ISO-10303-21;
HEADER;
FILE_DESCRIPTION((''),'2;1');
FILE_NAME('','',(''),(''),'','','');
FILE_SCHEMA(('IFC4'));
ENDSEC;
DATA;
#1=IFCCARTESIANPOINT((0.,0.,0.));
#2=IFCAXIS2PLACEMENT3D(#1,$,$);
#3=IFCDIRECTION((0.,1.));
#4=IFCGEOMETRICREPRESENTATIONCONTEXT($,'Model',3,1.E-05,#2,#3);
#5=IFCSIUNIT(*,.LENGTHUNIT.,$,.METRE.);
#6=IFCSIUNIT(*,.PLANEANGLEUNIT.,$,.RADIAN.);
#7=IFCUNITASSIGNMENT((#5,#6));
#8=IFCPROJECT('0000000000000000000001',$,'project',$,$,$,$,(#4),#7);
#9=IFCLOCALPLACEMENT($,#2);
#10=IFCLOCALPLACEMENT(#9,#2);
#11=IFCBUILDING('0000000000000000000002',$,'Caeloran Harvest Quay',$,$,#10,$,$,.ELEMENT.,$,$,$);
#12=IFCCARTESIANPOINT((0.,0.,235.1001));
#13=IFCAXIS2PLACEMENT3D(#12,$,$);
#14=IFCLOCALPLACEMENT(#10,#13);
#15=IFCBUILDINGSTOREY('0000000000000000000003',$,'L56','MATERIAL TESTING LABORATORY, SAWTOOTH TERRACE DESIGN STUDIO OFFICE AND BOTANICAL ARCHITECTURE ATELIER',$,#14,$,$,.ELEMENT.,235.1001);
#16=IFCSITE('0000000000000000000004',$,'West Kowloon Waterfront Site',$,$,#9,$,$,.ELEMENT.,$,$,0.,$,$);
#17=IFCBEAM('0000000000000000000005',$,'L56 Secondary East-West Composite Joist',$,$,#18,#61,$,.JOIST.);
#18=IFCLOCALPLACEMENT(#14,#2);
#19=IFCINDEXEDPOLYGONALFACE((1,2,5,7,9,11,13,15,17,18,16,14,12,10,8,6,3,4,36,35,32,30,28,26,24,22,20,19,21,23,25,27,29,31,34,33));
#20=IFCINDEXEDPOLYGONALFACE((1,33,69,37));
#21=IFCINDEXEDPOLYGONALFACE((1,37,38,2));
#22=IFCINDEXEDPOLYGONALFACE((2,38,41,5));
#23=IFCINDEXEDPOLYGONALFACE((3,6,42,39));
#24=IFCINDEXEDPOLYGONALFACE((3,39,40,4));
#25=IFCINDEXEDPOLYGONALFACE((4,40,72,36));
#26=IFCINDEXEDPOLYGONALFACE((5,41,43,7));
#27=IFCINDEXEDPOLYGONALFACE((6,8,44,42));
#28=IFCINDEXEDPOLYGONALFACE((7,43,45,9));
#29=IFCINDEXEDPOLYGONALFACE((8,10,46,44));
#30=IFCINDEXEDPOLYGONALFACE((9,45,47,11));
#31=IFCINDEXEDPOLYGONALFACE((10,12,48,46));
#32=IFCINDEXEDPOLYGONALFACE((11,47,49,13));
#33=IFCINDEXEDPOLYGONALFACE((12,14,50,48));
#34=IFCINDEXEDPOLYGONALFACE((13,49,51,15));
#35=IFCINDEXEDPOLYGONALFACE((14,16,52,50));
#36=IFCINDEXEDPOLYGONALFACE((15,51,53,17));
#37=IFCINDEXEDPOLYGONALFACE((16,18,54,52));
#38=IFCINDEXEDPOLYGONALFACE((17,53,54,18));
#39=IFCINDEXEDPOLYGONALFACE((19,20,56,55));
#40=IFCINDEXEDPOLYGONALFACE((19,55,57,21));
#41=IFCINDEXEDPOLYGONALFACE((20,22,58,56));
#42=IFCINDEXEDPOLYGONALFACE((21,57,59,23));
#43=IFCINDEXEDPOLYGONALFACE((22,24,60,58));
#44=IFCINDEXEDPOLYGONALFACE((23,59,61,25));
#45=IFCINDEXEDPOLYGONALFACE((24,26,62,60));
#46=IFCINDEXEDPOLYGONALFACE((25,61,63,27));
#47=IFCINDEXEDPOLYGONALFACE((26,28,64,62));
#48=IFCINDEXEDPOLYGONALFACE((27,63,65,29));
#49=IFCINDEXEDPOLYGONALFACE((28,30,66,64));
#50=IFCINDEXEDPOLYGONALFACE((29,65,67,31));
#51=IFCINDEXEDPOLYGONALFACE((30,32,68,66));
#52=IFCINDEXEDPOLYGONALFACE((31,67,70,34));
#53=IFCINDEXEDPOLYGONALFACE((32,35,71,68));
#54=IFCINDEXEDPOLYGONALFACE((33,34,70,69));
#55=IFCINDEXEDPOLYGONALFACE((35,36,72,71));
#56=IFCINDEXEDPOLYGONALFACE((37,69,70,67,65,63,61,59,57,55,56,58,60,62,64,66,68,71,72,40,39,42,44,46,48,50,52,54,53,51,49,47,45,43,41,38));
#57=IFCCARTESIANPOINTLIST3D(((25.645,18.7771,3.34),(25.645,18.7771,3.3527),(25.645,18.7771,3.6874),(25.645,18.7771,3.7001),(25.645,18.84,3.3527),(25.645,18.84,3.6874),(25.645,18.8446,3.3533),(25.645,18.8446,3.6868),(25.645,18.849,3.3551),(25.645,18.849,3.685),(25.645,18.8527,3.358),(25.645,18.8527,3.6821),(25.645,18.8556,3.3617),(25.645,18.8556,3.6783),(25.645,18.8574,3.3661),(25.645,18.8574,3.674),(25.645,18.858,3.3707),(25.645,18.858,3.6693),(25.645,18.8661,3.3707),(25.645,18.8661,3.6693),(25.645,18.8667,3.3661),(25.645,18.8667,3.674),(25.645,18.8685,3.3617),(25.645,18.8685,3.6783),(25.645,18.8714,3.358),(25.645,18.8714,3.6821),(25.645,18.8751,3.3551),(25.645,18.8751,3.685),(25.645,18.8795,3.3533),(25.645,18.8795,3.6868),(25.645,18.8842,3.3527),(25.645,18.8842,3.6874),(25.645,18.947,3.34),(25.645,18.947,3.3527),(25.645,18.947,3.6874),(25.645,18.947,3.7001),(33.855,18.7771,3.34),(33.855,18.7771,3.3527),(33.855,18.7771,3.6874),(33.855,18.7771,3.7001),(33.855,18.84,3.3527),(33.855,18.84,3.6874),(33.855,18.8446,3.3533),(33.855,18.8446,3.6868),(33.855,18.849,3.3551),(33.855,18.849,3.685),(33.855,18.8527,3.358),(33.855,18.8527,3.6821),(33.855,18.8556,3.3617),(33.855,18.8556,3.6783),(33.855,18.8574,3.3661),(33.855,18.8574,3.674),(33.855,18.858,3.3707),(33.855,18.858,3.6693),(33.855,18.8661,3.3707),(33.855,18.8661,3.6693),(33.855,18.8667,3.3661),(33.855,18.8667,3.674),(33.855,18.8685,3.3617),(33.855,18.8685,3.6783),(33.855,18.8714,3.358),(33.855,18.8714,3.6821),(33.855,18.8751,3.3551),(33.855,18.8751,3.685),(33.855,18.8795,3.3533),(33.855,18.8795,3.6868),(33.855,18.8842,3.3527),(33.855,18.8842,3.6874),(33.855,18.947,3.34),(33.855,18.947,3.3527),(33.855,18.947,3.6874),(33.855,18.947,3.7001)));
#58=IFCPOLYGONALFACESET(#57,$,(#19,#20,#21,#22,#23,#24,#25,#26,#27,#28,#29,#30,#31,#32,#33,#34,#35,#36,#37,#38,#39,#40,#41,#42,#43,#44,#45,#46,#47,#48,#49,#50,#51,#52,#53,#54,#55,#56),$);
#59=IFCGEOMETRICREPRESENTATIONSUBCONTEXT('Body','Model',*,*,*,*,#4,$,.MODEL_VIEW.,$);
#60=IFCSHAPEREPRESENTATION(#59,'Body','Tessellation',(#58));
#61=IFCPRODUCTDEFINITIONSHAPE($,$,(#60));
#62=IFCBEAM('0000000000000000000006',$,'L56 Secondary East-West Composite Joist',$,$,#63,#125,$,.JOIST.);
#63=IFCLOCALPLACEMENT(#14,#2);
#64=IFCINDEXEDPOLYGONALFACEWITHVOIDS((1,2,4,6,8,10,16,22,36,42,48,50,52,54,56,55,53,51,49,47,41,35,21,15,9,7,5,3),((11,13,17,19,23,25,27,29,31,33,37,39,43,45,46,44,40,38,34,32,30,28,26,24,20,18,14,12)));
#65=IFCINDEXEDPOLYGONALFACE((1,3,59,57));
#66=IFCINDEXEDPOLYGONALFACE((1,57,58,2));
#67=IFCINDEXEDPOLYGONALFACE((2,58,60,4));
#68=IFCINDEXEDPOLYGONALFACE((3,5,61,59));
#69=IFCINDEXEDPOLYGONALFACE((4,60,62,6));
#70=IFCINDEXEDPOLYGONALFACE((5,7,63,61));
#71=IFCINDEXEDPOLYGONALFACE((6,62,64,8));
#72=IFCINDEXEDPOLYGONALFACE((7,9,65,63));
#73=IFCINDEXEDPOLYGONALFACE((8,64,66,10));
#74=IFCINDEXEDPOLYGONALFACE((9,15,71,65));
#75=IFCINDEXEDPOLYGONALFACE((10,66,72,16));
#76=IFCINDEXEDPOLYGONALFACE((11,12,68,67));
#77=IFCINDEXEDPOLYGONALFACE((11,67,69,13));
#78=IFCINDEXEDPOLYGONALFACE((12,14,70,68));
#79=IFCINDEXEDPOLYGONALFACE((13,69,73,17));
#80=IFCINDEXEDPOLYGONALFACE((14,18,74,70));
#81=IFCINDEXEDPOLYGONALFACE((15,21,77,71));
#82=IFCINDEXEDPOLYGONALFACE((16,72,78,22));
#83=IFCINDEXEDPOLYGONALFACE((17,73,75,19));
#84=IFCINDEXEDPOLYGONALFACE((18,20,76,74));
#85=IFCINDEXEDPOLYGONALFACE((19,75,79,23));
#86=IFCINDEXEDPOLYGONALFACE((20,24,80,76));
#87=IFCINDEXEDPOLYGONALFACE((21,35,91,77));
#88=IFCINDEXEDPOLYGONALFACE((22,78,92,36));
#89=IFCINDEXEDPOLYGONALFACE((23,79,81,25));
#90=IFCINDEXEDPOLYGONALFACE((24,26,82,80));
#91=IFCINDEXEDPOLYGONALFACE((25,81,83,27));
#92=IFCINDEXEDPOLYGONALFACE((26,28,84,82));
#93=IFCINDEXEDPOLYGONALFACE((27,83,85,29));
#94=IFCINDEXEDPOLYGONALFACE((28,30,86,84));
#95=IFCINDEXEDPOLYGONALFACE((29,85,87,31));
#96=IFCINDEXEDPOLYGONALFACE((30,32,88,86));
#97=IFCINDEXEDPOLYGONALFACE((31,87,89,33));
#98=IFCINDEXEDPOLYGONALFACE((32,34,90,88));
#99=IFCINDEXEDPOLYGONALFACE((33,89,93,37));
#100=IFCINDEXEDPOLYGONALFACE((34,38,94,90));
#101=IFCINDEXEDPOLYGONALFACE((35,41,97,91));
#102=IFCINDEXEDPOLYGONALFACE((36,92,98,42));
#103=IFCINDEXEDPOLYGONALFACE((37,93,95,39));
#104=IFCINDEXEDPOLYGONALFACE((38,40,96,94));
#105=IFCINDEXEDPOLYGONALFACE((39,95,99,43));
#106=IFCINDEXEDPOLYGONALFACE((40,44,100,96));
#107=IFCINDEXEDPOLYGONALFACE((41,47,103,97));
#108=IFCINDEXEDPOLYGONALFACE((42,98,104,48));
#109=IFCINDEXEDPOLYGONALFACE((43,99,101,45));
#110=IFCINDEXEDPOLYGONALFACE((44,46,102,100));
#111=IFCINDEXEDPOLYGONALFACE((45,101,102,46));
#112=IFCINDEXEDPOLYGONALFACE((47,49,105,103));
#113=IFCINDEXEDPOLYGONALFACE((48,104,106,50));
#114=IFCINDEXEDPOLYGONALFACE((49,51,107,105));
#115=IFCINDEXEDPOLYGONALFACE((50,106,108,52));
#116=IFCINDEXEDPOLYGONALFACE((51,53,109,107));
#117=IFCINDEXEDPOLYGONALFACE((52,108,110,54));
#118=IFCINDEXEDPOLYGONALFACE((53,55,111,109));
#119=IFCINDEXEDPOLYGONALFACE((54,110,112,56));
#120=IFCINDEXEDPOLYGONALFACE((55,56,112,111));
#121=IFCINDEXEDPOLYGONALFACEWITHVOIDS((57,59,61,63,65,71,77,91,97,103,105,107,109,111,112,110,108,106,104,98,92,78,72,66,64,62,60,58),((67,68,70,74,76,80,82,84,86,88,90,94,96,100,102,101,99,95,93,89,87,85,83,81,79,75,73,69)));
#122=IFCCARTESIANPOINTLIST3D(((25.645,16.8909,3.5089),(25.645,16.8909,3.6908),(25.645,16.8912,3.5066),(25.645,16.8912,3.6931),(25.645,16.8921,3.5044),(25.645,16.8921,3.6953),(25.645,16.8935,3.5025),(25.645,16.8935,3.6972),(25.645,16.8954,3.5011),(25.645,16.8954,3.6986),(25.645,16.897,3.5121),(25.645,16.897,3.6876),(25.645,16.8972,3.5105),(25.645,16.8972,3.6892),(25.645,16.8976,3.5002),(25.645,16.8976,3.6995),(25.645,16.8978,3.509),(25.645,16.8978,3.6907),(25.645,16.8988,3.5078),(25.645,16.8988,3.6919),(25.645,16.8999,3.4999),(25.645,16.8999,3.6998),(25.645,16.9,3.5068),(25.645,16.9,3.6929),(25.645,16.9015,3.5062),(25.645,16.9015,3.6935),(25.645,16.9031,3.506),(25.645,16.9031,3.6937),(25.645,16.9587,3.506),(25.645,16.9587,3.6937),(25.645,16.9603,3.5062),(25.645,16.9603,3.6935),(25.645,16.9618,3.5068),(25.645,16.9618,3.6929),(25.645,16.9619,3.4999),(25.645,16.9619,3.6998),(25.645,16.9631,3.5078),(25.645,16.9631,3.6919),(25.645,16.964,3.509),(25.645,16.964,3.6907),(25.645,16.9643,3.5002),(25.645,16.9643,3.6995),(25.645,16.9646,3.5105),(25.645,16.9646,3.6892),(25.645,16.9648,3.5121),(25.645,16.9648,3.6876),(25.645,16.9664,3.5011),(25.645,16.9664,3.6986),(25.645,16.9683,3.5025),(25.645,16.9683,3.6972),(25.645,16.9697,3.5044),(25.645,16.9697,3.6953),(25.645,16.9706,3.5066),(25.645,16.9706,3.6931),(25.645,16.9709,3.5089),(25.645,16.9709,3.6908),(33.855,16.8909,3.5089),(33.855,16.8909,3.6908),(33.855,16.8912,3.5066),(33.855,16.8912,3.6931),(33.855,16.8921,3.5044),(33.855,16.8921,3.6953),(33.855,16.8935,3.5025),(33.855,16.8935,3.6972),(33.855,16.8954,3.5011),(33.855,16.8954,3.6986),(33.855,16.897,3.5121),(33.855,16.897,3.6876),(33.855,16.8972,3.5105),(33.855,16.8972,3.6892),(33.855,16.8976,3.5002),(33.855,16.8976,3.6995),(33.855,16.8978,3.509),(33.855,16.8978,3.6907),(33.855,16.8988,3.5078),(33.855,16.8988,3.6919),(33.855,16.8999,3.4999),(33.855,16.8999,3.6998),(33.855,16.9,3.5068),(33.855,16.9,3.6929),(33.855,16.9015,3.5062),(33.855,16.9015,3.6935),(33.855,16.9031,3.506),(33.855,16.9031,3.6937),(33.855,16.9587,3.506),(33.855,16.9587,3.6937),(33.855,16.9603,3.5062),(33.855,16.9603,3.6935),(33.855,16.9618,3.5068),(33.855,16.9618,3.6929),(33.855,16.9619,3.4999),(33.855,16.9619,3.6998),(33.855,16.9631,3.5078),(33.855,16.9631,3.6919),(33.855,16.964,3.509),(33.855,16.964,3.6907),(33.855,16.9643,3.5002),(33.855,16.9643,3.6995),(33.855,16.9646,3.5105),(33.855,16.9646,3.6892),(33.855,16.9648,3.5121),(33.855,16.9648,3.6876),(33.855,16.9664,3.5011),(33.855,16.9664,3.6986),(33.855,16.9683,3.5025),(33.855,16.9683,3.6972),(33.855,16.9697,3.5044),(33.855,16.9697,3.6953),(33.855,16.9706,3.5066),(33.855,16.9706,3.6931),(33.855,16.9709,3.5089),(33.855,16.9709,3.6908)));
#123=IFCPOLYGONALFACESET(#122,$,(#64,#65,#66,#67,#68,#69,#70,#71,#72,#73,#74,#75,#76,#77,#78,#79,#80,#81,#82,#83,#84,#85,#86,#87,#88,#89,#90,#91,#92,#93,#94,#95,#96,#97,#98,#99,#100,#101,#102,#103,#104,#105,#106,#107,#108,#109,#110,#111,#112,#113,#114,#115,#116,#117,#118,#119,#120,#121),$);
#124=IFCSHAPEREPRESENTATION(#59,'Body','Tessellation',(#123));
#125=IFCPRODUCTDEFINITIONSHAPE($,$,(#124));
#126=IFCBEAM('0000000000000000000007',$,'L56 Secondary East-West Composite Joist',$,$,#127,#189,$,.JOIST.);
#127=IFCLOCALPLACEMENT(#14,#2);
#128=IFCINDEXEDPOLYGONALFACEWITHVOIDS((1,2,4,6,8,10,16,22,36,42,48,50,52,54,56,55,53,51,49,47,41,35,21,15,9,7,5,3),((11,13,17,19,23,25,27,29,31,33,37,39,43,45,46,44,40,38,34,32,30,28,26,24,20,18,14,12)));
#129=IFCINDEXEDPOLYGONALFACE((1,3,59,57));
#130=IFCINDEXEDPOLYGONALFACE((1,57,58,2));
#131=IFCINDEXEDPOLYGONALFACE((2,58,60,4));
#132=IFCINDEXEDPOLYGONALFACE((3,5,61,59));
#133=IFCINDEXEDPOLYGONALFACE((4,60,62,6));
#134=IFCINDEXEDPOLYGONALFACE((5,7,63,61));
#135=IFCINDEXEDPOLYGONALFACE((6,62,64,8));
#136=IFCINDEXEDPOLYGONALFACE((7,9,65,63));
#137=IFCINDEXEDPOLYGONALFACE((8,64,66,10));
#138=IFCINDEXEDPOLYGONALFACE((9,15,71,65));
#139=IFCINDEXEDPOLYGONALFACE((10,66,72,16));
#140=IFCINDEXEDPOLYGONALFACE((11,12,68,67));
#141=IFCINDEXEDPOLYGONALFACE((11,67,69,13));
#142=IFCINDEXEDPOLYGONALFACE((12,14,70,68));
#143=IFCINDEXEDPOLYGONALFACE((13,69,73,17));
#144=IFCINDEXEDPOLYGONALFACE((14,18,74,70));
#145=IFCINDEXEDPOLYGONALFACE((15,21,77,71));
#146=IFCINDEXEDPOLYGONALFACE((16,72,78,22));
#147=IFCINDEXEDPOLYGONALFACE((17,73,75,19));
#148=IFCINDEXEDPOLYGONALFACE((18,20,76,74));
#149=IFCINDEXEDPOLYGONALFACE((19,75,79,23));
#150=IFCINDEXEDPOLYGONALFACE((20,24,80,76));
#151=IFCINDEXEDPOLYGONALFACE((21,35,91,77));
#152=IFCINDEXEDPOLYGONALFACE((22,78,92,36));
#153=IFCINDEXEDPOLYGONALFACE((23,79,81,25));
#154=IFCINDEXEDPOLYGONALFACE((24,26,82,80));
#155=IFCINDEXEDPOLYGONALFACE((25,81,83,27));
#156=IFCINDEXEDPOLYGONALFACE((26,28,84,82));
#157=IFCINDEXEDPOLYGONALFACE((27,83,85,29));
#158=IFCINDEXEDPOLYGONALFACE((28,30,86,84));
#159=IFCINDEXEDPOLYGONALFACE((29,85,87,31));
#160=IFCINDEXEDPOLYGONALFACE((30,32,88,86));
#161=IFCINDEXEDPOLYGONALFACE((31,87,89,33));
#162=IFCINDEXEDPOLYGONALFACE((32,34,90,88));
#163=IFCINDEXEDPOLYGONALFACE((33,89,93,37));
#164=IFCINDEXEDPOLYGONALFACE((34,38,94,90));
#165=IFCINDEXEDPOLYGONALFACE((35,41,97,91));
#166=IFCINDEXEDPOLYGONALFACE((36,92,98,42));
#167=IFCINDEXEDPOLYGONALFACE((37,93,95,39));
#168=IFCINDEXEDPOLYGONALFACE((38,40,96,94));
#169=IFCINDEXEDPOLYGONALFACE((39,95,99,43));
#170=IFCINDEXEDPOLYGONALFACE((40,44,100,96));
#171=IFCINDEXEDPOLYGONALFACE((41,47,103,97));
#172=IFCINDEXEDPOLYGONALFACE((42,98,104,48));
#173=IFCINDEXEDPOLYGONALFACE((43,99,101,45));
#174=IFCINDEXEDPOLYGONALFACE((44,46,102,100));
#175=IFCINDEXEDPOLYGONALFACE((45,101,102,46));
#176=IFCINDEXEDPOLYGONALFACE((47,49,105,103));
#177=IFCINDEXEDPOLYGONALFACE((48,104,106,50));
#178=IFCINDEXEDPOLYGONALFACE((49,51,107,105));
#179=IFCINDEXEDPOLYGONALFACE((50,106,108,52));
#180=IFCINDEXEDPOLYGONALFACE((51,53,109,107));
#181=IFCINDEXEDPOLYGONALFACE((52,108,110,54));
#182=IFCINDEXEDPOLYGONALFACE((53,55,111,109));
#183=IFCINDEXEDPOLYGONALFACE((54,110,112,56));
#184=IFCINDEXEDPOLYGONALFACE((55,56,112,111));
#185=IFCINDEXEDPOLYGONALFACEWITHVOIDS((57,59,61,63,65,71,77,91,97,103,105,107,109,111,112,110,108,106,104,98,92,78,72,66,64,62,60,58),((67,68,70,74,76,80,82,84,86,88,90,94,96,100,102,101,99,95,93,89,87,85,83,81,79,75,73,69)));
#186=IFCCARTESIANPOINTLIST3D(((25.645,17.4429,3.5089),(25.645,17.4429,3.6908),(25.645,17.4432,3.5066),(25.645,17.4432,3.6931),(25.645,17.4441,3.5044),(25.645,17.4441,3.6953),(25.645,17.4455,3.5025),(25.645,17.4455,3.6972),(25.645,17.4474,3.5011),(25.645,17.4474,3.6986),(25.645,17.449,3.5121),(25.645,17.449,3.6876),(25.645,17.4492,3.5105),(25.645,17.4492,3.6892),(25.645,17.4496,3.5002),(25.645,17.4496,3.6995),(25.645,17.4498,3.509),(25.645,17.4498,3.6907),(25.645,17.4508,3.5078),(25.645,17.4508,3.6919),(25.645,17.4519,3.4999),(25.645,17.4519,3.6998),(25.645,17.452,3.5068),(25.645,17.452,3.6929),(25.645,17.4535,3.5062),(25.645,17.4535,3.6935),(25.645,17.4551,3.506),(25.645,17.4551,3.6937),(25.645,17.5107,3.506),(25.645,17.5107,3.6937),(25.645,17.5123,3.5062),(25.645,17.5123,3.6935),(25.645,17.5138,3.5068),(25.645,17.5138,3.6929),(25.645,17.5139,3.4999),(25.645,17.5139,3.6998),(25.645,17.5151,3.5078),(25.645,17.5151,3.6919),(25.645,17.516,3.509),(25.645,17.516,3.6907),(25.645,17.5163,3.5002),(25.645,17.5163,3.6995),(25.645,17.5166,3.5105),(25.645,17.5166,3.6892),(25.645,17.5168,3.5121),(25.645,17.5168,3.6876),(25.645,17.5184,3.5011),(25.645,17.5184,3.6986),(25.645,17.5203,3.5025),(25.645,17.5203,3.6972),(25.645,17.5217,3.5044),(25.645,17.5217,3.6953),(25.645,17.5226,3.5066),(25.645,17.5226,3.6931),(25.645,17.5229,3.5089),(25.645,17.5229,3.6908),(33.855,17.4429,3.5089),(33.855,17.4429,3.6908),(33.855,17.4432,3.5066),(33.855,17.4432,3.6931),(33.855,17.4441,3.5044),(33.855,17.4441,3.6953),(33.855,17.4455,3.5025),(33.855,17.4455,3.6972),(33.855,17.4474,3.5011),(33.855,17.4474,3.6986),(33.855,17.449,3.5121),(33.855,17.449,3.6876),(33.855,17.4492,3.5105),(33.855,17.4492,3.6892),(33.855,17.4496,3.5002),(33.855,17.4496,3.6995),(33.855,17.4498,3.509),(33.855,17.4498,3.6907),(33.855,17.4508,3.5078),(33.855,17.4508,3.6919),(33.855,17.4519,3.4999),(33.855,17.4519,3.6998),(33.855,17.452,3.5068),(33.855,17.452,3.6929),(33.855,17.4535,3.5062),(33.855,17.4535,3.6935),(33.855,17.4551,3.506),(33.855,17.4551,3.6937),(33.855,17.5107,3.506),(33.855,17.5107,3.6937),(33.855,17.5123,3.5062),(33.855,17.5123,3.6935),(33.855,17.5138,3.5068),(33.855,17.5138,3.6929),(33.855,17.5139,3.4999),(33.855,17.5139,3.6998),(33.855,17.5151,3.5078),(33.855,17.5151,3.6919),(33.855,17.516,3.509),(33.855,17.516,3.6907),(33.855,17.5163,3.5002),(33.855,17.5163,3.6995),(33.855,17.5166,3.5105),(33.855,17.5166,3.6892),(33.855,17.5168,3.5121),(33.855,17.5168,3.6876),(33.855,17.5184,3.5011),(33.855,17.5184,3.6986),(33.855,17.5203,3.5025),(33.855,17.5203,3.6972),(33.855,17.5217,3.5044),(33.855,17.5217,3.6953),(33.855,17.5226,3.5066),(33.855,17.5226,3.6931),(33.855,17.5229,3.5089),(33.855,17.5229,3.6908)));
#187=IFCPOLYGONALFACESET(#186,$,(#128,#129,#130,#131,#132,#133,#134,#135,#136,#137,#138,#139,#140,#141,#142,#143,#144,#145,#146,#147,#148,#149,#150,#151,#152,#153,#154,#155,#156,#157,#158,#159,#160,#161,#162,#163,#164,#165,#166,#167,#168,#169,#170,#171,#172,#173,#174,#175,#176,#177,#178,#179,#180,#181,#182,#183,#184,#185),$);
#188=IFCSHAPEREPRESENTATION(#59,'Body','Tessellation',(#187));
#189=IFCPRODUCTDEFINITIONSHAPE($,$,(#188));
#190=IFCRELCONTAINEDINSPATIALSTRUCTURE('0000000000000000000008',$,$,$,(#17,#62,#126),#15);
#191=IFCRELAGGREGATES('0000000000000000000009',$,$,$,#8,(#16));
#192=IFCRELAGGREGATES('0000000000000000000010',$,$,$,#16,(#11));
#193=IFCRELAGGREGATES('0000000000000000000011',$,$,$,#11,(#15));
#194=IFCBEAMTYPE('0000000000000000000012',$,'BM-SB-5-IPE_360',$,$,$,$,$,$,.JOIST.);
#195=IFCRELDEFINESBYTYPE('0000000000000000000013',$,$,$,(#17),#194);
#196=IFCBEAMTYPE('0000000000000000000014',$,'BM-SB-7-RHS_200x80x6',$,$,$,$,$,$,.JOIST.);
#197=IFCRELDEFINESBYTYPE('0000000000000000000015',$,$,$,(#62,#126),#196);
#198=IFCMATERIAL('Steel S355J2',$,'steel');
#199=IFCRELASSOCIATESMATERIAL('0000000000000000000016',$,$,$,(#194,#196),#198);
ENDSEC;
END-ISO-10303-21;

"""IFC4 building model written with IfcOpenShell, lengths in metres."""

from ifc_helpers import new_model, si_unit, direction, frame, origin, origin_2d, place, context, subcontext, project, spatial, hollow_rectangle, i_section, extrude, material, material_profile, profile_set, type_object, element, save


model = new_model("IFC4")

# Units and contexts
model_context = context("Model", 3, precision=1e-05, world=origin(), true_north=direction((0.0, 1.0)))
body_context = subcontext(model_context, "Body", "Model", "MODEL_VIEW")
ifc_project = project(units=[si_unit("LENGTHUNIT", "METRE"), si_unit("PLANEANGLEUNIT", "RADIAN")], contexts=[model_context])

# Site, building, storey
site_placement = place(None, origin())
site = spatial("IfcSite", under=ifc_project, at=site_placement, Name="West Kowloon Waterfront Site", CompositionType="ELEMENT", RefElevation=0.0)
building_placement = place(site_placement, origin())
building = spatial("IfcBuilding", under=site, at=building_placement, Name="Caeloran Harvest Quay", CompositionType="ELEMENT")
storey_placement = place(building_placement, frame((0.0, 0.0, 235.1001)))
storey = spatial("IfcBuildingStorey", under=building, at=storey_placement, Name="L56", Description="MATERIAL TESTING LABORATORY, SAWTOOTH TERRACE DESIGN STUDIO OFFICE AND BOTANICAL ARCHITECTURE ATELIER", CompositionType="ELEMENT", Elevation=235.1001)

# Beams
ifc_material_1 = material(Name="Steel S355J2", Category="steel")
ifc_material_profile_1 = material_profile(ifc_material_1, i_section(OverallWidth=0.1699, OverallDepth=0.3601, WebThickness=0.0081, FlangeThickness=0.0127, FilletRadius=0.0181, at=origin_2d()), Name="IPE 360")
ifc_profile_set_1 = profile_set([ifc_material_profile_1], Name="Steel S355J2")
beam_type_1 = type_object("IfcBeamType", Name="BM-SB-5-IPE_360", PredefinedType="JOIST", material=ifc_profile_set_1)
for number, where, z_axis, x_axis, name in (
    (1, (25.645, 18.8621, 3.52), (1.0, 0.0, 0.0), (0.0, 1.0, 0.0), "L56 Secondary East-West Composite Joist"),
):
    element("IfcBeam", number, at=place(storey_placement, frame(where, z_axis=z_axis, x_axis=x_axis)), inside=storey, type_object=beam_type_1, Name=name, PredefinedType="JOIST", context=body_context, shape_type="SweptSolid", body=[
        extrude(i_section(OverallWidth=0.1699, OverallDepth=0.3601, WebThickness=0.0081, FlangeThickness=0.0127, FilletRadius=0.0181, at=origin_2d()), origin(), (0.0, 0.0, 1.0), 8.21),
    ])
ifc_material_profile_2 = material_profile(ifc_material_1, hollow_rectangle(XDim=0.0801, YDim=0.2, WallThickness=0.0061, InnerFilletRadius=0.0061, OuterFilletRadius=0.009, at=origin_2d()), Name="RHS 200x80x6")
ifc_profile_set_2 = profile_set([ifc_material_profile_2], Name="Steel S355J2")
beam_type_2 = type_object("IfcBeamType", Name="BM-SB-7-RHS_200x80x6", PredefinedType="JOIST", material=ifc_profile_set_2)
for number, where, z_axis, x_axis, name in (
    (2, (25.645, 16.9309, 3.5999), (1.0, 0.0, 0.0), (0.0, 1.0, 0.0), "L56 Secondary East-West Composite Joist"),
    (3, (25.645, 17.4829, 3.5999), (1.0, 0.0, 0.0), (0.0, 1.0, 0.0), "L56 Secondary East-West Composite Joist"),
):
    element("IfcBeam", number, at=place(storey_placement, frame(where, z_axis=z_axis, x_axis=x_axis)), inside=storey, type_object=beam_type_2, Name=name, PredefinedType="JOIST", context=body_context, shape_type="SweptSolid", body=[
        extrude(hollow_rectangle(XDim=0.0801, YDim=0.2, WallThickness=0.0061, InnerFilletRadius=0.0061, OuterFilletRadius=0.009, at=origin_2d()), origin(), (0.0, 0.0, 1.0), 8.21),
    ])

save(model, "model.ifc")
